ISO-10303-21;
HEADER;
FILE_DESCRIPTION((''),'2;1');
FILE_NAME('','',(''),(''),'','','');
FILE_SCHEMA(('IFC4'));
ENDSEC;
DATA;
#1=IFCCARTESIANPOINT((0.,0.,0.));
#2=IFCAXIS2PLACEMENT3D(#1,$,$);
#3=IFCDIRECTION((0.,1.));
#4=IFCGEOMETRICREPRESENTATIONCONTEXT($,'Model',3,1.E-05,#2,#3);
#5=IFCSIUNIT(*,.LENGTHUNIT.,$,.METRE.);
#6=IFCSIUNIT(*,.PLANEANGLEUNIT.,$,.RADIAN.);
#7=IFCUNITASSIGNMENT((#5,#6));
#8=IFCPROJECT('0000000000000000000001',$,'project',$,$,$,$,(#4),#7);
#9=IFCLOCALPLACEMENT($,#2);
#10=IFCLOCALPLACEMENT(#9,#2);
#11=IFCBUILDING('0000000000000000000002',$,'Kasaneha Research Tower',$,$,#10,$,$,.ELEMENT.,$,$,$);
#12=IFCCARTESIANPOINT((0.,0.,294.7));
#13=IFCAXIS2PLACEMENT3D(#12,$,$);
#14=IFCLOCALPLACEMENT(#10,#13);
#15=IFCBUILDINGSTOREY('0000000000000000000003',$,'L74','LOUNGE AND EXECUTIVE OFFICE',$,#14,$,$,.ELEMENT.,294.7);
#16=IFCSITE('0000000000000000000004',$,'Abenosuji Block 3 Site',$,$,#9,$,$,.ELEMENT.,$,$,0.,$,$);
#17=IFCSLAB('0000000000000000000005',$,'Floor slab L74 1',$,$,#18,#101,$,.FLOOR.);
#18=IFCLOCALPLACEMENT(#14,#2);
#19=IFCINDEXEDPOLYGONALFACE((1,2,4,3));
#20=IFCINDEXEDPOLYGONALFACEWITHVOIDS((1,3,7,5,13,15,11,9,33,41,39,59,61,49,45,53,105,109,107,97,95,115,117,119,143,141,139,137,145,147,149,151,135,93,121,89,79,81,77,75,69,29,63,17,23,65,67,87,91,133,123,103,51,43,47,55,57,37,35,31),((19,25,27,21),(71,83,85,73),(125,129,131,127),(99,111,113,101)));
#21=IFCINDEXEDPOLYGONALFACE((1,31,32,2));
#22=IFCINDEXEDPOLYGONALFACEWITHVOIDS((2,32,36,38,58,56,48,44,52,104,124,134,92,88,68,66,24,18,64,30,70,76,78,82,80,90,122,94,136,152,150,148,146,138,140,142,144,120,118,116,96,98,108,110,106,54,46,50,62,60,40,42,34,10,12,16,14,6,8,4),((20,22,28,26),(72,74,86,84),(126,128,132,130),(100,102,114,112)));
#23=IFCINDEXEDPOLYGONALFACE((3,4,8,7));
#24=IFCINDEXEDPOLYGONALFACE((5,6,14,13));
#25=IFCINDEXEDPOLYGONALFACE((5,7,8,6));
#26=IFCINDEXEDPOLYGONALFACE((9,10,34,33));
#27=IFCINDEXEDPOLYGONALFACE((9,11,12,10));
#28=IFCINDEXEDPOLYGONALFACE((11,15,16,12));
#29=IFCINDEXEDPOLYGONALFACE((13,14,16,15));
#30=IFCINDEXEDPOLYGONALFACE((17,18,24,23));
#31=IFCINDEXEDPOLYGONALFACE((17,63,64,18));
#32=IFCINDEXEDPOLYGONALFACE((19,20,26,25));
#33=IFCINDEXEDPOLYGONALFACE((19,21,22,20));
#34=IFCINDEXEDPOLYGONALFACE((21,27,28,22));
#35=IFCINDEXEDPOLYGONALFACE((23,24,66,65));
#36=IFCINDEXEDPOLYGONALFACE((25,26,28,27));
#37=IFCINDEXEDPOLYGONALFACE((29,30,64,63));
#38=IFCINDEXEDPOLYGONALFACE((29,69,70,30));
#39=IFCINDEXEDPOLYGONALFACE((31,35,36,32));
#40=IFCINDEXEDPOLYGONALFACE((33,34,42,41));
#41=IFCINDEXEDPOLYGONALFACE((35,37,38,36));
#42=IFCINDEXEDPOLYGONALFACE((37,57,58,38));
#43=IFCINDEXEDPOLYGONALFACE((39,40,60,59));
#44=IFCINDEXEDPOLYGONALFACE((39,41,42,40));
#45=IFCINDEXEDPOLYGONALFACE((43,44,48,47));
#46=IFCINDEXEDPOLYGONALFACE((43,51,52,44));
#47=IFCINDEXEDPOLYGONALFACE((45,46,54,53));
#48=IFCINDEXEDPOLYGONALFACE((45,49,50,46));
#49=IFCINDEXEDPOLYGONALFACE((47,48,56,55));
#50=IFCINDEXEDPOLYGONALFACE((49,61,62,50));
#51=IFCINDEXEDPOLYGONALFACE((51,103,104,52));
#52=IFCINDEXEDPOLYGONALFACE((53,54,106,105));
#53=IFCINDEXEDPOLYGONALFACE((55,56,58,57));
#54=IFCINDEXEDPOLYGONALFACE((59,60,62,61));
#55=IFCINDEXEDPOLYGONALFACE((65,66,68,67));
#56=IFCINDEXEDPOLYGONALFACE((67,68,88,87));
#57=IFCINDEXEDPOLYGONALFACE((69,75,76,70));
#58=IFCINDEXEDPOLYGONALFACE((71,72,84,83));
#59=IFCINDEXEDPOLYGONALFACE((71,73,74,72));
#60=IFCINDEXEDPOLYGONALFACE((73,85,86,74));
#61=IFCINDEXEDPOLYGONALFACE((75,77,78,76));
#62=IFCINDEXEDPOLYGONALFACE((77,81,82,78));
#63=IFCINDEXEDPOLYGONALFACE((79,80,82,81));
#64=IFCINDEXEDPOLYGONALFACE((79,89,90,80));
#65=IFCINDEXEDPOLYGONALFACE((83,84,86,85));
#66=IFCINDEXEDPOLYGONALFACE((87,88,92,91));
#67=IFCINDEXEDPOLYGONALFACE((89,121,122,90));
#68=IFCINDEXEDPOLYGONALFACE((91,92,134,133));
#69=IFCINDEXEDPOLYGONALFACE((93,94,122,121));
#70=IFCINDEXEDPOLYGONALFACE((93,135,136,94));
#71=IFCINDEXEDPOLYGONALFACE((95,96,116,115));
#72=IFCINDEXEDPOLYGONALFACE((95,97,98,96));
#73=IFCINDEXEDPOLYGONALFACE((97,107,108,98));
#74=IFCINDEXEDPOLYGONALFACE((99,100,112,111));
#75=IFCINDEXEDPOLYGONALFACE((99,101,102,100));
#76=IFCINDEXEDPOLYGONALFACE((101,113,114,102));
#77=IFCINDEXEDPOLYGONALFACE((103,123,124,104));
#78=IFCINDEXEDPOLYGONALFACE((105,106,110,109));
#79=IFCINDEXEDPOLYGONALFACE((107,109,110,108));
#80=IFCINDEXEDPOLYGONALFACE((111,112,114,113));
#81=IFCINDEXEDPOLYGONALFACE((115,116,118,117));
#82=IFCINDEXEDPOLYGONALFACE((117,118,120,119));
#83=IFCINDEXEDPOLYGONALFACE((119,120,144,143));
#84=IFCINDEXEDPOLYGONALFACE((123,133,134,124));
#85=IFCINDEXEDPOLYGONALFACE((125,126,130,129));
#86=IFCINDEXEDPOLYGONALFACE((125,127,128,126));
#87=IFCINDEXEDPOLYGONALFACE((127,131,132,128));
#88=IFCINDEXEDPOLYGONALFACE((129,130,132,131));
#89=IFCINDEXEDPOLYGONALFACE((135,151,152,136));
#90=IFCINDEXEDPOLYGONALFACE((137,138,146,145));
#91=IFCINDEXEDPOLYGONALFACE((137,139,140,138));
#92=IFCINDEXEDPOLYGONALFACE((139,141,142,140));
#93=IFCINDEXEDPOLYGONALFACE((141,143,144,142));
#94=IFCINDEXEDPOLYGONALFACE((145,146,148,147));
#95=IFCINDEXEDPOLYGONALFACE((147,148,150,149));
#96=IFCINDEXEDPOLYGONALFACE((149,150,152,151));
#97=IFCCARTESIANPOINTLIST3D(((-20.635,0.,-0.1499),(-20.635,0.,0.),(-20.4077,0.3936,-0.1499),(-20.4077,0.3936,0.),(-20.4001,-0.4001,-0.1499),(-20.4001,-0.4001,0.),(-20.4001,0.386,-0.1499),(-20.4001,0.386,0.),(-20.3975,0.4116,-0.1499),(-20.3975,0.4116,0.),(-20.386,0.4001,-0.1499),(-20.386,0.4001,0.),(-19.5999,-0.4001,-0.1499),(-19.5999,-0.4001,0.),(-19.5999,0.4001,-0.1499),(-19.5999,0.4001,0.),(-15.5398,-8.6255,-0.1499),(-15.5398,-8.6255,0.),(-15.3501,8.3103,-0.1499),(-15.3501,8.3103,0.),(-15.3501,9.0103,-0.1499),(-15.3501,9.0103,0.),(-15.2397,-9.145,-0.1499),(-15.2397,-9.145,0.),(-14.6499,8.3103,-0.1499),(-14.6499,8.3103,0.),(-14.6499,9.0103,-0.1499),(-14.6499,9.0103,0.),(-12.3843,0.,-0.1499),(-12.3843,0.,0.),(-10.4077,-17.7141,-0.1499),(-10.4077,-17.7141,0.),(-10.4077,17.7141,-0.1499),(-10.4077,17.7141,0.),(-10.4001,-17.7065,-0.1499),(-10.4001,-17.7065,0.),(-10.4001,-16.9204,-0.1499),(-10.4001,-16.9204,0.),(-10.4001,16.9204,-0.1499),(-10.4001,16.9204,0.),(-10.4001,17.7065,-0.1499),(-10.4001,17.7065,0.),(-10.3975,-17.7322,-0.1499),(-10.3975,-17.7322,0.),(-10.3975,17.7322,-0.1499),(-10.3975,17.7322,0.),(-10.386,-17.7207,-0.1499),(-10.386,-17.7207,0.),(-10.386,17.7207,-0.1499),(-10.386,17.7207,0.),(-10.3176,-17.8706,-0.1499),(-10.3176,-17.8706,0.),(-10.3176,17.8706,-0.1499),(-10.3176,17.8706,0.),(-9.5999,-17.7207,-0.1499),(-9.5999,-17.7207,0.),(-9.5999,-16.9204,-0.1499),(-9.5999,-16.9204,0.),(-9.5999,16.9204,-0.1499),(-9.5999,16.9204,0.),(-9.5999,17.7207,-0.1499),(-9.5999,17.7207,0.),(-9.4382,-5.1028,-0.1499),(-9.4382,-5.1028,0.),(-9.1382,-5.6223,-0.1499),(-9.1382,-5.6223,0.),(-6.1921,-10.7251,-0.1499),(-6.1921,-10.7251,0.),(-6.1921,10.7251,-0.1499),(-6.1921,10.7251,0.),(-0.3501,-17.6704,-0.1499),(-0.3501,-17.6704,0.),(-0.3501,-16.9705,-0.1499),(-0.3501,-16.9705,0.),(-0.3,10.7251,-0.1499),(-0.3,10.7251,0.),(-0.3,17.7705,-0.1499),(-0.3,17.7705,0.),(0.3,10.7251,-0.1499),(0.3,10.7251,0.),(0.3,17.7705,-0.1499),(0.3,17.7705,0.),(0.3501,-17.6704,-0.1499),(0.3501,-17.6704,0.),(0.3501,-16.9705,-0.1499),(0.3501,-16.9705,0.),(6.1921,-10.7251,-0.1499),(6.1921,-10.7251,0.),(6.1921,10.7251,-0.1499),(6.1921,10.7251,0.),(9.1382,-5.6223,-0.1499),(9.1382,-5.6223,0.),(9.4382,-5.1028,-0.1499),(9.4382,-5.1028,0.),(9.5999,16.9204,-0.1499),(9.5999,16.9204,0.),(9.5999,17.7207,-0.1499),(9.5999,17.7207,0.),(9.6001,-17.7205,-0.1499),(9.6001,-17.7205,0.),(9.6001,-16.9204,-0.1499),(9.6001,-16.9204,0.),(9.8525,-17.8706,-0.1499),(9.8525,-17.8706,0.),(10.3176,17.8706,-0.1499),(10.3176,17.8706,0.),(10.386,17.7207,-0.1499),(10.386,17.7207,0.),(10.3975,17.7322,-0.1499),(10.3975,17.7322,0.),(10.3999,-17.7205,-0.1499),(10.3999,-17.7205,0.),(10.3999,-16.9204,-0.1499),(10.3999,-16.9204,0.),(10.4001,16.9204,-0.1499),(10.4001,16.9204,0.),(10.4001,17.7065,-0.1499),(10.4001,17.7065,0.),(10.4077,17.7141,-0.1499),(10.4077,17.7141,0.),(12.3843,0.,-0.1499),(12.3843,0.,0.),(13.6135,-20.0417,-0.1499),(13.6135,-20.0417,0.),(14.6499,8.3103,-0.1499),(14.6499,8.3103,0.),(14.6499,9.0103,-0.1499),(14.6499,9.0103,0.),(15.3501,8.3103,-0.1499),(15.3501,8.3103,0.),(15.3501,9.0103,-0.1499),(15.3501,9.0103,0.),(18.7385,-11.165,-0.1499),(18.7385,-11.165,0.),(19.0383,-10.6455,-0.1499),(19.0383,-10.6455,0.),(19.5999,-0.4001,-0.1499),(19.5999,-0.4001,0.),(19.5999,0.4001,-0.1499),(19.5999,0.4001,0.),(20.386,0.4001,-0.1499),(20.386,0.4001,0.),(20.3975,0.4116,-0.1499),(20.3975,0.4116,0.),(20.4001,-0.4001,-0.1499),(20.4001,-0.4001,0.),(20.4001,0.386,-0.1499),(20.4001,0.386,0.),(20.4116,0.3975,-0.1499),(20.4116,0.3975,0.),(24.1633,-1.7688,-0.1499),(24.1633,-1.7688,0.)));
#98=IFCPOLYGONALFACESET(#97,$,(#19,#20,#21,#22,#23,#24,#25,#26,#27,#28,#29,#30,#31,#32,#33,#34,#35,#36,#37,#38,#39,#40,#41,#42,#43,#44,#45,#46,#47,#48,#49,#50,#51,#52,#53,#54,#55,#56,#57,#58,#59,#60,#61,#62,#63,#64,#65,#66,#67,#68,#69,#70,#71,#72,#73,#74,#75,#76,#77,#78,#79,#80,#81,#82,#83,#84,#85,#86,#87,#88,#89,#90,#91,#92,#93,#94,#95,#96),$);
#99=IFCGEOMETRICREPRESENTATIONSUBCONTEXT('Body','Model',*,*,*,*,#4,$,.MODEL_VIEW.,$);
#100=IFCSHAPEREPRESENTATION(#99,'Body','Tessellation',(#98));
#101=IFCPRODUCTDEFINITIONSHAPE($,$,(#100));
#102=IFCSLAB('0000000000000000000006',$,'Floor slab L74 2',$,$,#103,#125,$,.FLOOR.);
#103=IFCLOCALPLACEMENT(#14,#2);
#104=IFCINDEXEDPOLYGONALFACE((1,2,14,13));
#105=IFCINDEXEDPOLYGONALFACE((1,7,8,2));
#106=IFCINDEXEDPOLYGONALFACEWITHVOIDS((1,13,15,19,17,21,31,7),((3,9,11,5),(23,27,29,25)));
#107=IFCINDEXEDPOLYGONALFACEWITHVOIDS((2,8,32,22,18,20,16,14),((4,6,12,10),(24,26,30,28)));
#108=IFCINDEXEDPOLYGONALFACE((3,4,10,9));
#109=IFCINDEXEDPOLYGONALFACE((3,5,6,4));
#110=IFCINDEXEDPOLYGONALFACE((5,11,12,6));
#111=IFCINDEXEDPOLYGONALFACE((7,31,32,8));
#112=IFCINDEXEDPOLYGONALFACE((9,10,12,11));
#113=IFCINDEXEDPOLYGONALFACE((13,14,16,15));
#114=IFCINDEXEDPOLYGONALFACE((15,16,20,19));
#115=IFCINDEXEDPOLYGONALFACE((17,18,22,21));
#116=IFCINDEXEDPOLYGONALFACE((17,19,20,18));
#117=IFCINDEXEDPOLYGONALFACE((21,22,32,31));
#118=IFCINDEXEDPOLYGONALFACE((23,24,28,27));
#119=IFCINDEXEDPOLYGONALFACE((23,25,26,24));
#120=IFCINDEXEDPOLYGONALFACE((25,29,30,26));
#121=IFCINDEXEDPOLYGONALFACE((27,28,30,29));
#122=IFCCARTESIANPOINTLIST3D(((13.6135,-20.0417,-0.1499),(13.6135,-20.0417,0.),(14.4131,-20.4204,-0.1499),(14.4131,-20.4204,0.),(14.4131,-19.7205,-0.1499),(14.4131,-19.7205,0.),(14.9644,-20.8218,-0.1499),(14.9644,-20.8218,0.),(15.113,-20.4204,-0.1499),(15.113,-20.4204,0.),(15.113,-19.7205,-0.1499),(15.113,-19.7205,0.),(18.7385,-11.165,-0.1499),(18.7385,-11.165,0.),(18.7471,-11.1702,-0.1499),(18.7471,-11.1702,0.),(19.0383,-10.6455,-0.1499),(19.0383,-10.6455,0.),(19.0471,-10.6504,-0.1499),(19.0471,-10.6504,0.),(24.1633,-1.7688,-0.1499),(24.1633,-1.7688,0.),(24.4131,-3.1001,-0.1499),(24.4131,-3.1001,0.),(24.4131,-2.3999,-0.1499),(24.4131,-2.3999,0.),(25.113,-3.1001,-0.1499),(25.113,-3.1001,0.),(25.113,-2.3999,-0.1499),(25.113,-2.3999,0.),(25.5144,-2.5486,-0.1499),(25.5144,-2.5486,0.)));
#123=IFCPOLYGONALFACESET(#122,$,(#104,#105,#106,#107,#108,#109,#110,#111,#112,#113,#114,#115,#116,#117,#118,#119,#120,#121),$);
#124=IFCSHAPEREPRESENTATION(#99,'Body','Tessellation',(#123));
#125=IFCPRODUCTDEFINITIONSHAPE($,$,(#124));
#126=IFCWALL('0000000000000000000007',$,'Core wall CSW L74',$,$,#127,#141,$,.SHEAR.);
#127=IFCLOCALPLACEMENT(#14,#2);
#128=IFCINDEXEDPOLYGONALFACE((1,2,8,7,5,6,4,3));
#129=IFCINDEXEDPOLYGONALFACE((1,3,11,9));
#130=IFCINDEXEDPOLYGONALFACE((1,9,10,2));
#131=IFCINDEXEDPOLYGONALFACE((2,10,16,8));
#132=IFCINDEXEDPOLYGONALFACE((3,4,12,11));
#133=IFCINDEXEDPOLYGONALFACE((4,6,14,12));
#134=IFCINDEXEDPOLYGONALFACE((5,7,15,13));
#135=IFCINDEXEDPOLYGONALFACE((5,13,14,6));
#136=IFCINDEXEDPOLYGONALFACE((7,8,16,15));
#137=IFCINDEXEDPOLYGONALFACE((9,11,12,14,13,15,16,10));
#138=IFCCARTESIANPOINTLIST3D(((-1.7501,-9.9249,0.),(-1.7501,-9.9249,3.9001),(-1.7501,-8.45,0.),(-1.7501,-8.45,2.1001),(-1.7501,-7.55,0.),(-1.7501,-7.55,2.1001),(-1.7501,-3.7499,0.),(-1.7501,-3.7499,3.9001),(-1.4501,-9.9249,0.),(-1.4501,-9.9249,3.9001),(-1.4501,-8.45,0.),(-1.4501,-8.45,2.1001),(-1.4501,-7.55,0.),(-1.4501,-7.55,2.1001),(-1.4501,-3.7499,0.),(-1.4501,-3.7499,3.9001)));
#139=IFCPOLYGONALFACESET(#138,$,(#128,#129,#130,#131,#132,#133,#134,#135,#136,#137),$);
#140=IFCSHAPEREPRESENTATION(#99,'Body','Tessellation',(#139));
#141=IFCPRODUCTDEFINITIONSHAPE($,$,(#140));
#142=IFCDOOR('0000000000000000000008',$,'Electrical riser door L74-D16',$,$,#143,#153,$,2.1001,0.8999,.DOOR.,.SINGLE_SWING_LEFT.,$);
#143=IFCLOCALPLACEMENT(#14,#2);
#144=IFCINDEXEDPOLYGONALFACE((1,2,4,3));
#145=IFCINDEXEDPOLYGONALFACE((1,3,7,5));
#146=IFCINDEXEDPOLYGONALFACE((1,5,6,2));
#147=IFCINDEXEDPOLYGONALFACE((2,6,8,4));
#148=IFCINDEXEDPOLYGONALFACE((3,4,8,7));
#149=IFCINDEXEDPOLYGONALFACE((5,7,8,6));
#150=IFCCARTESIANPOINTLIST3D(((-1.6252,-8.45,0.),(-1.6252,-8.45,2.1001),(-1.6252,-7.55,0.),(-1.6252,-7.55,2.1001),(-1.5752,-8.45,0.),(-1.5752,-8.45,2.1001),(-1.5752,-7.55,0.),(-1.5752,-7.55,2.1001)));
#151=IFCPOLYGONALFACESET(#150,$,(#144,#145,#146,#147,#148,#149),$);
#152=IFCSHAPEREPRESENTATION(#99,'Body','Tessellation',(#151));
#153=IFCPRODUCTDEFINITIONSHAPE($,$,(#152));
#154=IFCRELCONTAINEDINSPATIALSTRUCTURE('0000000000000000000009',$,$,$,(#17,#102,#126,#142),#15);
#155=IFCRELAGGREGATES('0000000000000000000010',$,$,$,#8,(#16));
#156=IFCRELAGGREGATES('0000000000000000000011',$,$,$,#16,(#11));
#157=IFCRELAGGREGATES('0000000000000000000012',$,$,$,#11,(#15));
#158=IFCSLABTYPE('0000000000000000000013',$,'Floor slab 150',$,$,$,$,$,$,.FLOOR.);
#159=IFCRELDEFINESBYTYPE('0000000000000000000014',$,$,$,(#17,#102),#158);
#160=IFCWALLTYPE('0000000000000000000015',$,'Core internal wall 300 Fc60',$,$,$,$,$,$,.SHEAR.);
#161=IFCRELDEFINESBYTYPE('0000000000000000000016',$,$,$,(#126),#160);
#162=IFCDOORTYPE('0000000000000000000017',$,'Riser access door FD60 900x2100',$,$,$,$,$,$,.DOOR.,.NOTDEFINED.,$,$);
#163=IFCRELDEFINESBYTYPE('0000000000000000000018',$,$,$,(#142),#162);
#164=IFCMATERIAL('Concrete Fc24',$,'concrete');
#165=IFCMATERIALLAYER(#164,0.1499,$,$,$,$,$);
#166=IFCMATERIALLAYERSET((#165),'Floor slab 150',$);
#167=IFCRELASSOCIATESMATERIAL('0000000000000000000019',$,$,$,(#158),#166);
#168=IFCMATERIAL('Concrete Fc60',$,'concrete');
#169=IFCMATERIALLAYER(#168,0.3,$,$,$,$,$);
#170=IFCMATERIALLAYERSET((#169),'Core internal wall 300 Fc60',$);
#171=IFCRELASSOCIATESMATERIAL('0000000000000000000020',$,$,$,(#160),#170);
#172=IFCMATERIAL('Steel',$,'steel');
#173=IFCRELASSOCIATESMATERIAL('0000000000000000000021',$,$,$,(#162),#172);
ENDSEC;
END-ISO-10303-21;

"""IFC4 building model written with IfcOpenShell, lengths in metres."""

from ifc_helpers import new_model, si_unit, direction, frame, frame_2d, origin, place, context, subcontext, project, spatial, polyline, rectangle, outline, extrude, material, layer, layer_set, type_object, element, fill, save


model = new_model("IFC4")

# Units and contexts
model_context = context("Model", 3, precision=1e-05, world=origin(), true_north=direction((0.0, 1.0)))
body_context = subcontext(model_context, "Body", "Model", "MODEL_VIEW")
ifc_project = project(units=[si_unit("LENGTHUNIT", "METRE"), si_unit("PLANEANGLEUNIT", "RADIAN")], contexts=[model_context])

# Site, building, storey
site_placement = place(None, origin())
site = spatial("IfcSite", under=ifc_project, at=site_placement, Name="Abenosuji Block 3 Site", CompositionType="ELEMENT", RefElevation=0.0)
building_placement = place(site_placement, origin())
building = spatial("IfcBuilding", under=site, at=building_placement, Name="Kasaneha Research Tower", CompositionType="ELEMENT")
storey_placement = place(building_placement, frame((0.0, 0.0, 294.7)))
storey = spatial("IfcBuildingStorey", under=building, at=storey_placement, Name="L74", Description="LOUNGE AND EXECUTIVE OFFICE", CompositionType="ELEMENT", Elevation=294.7)

# Slabs
ifc_material_1 = material(Name="Concrete Fc24", Category="concrete")
ifc_layer_1 = layer(ifc_material_1, 0.1499)
ifc_layer_set_1 = layer_set([ifc_layer_1], Name="Floor slab 150")
slab_type_1 = type_object("IfcSlabType", Name="Floor slab 150", PredefinedType="FLOOR", material=ifc_layer_set_1)
slab_1_placement = place(storey_placement, frame((0.0, 0.0, -0.1499)))
element("IfcSlab", 1, at=slab_1_placement, inside=storey, type_object=slab_type_1, Name="Floor slab L74 1", PredefinedType="FLOOR", context=body_context, shape_type="SweptSolid", body=[
    extrude(outline(polyline([(-10.3176, -17.8706), (-10.3975, -17.7322), (-10.386, -17.7207), (-9.5999, -17.7207), (-9.5999, -16.9204), (-10.4001, -16.9204), (-10.4001, -17.7065), (-10.4077, -17.7141), (-20.635, 0.0), (-20.4077, 0.3936), (-20.4001, 0.386), (-20.4001, -0.4001), (-19.5999, -0.4001), (-19.5999, 0.4001), (-20.386, 0.4001), (-20.3975, 0.4116), (-10.4077, 17.7141), (-10.4001, 17.7065), (-10.4001, 16.9204), (-9.5999, 16.9204), (-9.5999, 17.7207), (-10.386, 17.7207), (-10.3975, 17.7322), (-10.3176, 17.8706), (10.3176, 17.8706), (10.3975, 17.7322), (10.386, 17.7207), (9.5999, 17.7207), (9.5999, 16.9204), (10.4001, 16.9204), (10.4001, 17.7065), (10.4077, 17.7141), (20.3975, 0.4116), (20.386, 0.4001), (19.5999, 0.4001), (19.5999, -0.4001), (20.4001, -0.4001), (20.4001, 0.386), (20.4116, 0.3975), (24.1633, -1.7688), (19.0383, -10.6455), (9.4382, -5.1028), (12.3843, 0.0), (6.1921, 10.7251), (0.3, 10.7251), (0.3, 17.7705), (-0.3, 17.7705), (-0.3, 10.7251), (-6.1921, 10.7251), (-12.3843, 0.0), (-9.4382, -5.1028), (-15.5398, -8.6255), (-15.2397, -9.145), (-9.1382, -5.6223), (-6.1921, -10.7251), (6.1921, -10.7251), (9.1382, -5.6223), (18.7385, -11.165), (13.6135, -20.0417), (9.8525, -17.8706), (-10.3176, -17.8706)]), holes=[polyline([(0.3501, -17.6704), (0.3501, -16.9705), (-0.3501, -16.9705), (-0.3501, -17.6704), (0.3501, -17.6704)]), polyline([(-15.3501, 8.3103), (-14.6499, 8.3103), (-14.6499, 9.0103), (-15.3501, 9.0103), (-15.3501, 8.3103)]), polyline([(9.6001, -17.7205), (10.3999, -17.7205), (10.3999, -16.9204), (9.6001, -16.9204), (9.6001, -17.7205)]), polyline([(14.6499, 8.3103), (15.3501, 8.3103), (15.3501, 9.0103), (14.6499, 9.0103), (14.6499, 8.3103)])]), origin(), (0.0, 0.0, 1.0), 0.1499),
])
slab_2_placement = place(storey_placement, frame((0.0, 0.0, -0.1499)))
element("IfcSlab", 2, at=slab_2_placement, inside=storey, type_object=slab_type_1, Name="Floor slab L74 2", PredefinedType="FLOOR", context=body_context, shape_type="SweptSolid", body=[
    extrude(outline(polyline([(25.5144, -2.5486), (14.9644, -20.8218), (13.6135, -20.0417), (18.7385, -11.165), (18.7471, -11.1702), (19.0471, -10.6504), (19.0383, -10.6455), (24.1633, -1.7688), (25.5144, -2.5486)]), holes=[polyline([(14.4131, -20.4204), (15.113, -20.4204), (15.113, -19.7205), (14.4131, -19.7205), (14.4131, -20.4204)]), polyline([(24.4131, -3.1001), (25.113, -3.1001), (25.113, -2.3999), (24.4131, -2.3999), (24.4131, -3.1001)])]), origin(), (0.0, 0.0, 1.0), 0.1499),
])

# Shared definitions
ifc_material_2 = material(Name="Concrete Fc60", Category="concrete")
ifc_layer_2 = layer(ifc_material_2, 0.3)
ifc_layer_set_2 = layer_set([ifc_layer_2], Name="Core internal wall 300 Fc60")
wall_type_1 = type_object("IfcWallType", Name="Core internal wall 300 Fc60", PredefinedType="SHEAR", material=ifc_layer_set_2)

# Wall, opening, door
wall_1_placement = place(storey_placement, frame((-1.6001, -3.75, 0.0), z_axis=(0.0, 0.0, 1.0), x_axis=(0.0, -1.0, 0.0)))
wall_1 = element("IfcWall", 3, at=wall_1_placement, inside=storey, type_object=wall_type_1, Name="Core wall CSW L74", PredefinedType="SHEAR", context=body_context, shape_type="SweptSolid", body=[
    extrude(rectangle(XDim=6.175, YDim=0.3, at=frame_2d((3.0874, 0.0))), origin(), (0.0, 0.0, 1.0), 3.9001),
])
opening_1_placement = place(wall_1_placement, frame((3.8, 0.0, 0.0)))
opening_1 = element("IfcOpeningElement", 4, at=opening_1_placement, cuts=wall_1, PredefinedType="OPENING", context=body_context, shape_type="SweptSolid", body=[
    extrude(rectangle(XDim=0.8999, YDim=2.1001, at=frame_2d((0.45, 1.05))), frame((0.0, 0.1602, 0.0), z_axis=(0.0, -1.0, 0.0), x_axis=(1.0, 0.0, 0.0)), (0.0, 0.0, 1.0), 0.3201),
])
ifc_material_3 = material(Name="Steel", Category="steel")
door_type_1 = type_object("IfcDoorType", Name="Riser access door FD60 900x2100", OperationType="NOTDEFINED", PredefinedType="DOOR", material=ifc_material_3)
door_1_placement = place(opening_1_placement, origin())
door_1 = element("IfcDoor", 5, at=door_1_placement, inside=storey, type_object=door_type_1, Name="Electrical riser door L74-D16", OperationType="SINGLE_SWING_LEFT", OverallHeight=2.1001, OverallWidth=0.8999, PredefinedType="DOOR", context=body_context, shape_type="SweptSolid", body=[
    extrude(rectangle(XDim=0.8999, YDim=2.1001, at=frame_2d((0.45, 1.05))), frame((0.0, 0.0249, 0.0), z_axis=(0.0, -1.0, 0.0), x_axis=(1.0, 0.0, 0.0)), (0.0, 0.0, 1.0), 0.05),
])
fill(opening_1, door_1)

save(model, "model.ifc")
